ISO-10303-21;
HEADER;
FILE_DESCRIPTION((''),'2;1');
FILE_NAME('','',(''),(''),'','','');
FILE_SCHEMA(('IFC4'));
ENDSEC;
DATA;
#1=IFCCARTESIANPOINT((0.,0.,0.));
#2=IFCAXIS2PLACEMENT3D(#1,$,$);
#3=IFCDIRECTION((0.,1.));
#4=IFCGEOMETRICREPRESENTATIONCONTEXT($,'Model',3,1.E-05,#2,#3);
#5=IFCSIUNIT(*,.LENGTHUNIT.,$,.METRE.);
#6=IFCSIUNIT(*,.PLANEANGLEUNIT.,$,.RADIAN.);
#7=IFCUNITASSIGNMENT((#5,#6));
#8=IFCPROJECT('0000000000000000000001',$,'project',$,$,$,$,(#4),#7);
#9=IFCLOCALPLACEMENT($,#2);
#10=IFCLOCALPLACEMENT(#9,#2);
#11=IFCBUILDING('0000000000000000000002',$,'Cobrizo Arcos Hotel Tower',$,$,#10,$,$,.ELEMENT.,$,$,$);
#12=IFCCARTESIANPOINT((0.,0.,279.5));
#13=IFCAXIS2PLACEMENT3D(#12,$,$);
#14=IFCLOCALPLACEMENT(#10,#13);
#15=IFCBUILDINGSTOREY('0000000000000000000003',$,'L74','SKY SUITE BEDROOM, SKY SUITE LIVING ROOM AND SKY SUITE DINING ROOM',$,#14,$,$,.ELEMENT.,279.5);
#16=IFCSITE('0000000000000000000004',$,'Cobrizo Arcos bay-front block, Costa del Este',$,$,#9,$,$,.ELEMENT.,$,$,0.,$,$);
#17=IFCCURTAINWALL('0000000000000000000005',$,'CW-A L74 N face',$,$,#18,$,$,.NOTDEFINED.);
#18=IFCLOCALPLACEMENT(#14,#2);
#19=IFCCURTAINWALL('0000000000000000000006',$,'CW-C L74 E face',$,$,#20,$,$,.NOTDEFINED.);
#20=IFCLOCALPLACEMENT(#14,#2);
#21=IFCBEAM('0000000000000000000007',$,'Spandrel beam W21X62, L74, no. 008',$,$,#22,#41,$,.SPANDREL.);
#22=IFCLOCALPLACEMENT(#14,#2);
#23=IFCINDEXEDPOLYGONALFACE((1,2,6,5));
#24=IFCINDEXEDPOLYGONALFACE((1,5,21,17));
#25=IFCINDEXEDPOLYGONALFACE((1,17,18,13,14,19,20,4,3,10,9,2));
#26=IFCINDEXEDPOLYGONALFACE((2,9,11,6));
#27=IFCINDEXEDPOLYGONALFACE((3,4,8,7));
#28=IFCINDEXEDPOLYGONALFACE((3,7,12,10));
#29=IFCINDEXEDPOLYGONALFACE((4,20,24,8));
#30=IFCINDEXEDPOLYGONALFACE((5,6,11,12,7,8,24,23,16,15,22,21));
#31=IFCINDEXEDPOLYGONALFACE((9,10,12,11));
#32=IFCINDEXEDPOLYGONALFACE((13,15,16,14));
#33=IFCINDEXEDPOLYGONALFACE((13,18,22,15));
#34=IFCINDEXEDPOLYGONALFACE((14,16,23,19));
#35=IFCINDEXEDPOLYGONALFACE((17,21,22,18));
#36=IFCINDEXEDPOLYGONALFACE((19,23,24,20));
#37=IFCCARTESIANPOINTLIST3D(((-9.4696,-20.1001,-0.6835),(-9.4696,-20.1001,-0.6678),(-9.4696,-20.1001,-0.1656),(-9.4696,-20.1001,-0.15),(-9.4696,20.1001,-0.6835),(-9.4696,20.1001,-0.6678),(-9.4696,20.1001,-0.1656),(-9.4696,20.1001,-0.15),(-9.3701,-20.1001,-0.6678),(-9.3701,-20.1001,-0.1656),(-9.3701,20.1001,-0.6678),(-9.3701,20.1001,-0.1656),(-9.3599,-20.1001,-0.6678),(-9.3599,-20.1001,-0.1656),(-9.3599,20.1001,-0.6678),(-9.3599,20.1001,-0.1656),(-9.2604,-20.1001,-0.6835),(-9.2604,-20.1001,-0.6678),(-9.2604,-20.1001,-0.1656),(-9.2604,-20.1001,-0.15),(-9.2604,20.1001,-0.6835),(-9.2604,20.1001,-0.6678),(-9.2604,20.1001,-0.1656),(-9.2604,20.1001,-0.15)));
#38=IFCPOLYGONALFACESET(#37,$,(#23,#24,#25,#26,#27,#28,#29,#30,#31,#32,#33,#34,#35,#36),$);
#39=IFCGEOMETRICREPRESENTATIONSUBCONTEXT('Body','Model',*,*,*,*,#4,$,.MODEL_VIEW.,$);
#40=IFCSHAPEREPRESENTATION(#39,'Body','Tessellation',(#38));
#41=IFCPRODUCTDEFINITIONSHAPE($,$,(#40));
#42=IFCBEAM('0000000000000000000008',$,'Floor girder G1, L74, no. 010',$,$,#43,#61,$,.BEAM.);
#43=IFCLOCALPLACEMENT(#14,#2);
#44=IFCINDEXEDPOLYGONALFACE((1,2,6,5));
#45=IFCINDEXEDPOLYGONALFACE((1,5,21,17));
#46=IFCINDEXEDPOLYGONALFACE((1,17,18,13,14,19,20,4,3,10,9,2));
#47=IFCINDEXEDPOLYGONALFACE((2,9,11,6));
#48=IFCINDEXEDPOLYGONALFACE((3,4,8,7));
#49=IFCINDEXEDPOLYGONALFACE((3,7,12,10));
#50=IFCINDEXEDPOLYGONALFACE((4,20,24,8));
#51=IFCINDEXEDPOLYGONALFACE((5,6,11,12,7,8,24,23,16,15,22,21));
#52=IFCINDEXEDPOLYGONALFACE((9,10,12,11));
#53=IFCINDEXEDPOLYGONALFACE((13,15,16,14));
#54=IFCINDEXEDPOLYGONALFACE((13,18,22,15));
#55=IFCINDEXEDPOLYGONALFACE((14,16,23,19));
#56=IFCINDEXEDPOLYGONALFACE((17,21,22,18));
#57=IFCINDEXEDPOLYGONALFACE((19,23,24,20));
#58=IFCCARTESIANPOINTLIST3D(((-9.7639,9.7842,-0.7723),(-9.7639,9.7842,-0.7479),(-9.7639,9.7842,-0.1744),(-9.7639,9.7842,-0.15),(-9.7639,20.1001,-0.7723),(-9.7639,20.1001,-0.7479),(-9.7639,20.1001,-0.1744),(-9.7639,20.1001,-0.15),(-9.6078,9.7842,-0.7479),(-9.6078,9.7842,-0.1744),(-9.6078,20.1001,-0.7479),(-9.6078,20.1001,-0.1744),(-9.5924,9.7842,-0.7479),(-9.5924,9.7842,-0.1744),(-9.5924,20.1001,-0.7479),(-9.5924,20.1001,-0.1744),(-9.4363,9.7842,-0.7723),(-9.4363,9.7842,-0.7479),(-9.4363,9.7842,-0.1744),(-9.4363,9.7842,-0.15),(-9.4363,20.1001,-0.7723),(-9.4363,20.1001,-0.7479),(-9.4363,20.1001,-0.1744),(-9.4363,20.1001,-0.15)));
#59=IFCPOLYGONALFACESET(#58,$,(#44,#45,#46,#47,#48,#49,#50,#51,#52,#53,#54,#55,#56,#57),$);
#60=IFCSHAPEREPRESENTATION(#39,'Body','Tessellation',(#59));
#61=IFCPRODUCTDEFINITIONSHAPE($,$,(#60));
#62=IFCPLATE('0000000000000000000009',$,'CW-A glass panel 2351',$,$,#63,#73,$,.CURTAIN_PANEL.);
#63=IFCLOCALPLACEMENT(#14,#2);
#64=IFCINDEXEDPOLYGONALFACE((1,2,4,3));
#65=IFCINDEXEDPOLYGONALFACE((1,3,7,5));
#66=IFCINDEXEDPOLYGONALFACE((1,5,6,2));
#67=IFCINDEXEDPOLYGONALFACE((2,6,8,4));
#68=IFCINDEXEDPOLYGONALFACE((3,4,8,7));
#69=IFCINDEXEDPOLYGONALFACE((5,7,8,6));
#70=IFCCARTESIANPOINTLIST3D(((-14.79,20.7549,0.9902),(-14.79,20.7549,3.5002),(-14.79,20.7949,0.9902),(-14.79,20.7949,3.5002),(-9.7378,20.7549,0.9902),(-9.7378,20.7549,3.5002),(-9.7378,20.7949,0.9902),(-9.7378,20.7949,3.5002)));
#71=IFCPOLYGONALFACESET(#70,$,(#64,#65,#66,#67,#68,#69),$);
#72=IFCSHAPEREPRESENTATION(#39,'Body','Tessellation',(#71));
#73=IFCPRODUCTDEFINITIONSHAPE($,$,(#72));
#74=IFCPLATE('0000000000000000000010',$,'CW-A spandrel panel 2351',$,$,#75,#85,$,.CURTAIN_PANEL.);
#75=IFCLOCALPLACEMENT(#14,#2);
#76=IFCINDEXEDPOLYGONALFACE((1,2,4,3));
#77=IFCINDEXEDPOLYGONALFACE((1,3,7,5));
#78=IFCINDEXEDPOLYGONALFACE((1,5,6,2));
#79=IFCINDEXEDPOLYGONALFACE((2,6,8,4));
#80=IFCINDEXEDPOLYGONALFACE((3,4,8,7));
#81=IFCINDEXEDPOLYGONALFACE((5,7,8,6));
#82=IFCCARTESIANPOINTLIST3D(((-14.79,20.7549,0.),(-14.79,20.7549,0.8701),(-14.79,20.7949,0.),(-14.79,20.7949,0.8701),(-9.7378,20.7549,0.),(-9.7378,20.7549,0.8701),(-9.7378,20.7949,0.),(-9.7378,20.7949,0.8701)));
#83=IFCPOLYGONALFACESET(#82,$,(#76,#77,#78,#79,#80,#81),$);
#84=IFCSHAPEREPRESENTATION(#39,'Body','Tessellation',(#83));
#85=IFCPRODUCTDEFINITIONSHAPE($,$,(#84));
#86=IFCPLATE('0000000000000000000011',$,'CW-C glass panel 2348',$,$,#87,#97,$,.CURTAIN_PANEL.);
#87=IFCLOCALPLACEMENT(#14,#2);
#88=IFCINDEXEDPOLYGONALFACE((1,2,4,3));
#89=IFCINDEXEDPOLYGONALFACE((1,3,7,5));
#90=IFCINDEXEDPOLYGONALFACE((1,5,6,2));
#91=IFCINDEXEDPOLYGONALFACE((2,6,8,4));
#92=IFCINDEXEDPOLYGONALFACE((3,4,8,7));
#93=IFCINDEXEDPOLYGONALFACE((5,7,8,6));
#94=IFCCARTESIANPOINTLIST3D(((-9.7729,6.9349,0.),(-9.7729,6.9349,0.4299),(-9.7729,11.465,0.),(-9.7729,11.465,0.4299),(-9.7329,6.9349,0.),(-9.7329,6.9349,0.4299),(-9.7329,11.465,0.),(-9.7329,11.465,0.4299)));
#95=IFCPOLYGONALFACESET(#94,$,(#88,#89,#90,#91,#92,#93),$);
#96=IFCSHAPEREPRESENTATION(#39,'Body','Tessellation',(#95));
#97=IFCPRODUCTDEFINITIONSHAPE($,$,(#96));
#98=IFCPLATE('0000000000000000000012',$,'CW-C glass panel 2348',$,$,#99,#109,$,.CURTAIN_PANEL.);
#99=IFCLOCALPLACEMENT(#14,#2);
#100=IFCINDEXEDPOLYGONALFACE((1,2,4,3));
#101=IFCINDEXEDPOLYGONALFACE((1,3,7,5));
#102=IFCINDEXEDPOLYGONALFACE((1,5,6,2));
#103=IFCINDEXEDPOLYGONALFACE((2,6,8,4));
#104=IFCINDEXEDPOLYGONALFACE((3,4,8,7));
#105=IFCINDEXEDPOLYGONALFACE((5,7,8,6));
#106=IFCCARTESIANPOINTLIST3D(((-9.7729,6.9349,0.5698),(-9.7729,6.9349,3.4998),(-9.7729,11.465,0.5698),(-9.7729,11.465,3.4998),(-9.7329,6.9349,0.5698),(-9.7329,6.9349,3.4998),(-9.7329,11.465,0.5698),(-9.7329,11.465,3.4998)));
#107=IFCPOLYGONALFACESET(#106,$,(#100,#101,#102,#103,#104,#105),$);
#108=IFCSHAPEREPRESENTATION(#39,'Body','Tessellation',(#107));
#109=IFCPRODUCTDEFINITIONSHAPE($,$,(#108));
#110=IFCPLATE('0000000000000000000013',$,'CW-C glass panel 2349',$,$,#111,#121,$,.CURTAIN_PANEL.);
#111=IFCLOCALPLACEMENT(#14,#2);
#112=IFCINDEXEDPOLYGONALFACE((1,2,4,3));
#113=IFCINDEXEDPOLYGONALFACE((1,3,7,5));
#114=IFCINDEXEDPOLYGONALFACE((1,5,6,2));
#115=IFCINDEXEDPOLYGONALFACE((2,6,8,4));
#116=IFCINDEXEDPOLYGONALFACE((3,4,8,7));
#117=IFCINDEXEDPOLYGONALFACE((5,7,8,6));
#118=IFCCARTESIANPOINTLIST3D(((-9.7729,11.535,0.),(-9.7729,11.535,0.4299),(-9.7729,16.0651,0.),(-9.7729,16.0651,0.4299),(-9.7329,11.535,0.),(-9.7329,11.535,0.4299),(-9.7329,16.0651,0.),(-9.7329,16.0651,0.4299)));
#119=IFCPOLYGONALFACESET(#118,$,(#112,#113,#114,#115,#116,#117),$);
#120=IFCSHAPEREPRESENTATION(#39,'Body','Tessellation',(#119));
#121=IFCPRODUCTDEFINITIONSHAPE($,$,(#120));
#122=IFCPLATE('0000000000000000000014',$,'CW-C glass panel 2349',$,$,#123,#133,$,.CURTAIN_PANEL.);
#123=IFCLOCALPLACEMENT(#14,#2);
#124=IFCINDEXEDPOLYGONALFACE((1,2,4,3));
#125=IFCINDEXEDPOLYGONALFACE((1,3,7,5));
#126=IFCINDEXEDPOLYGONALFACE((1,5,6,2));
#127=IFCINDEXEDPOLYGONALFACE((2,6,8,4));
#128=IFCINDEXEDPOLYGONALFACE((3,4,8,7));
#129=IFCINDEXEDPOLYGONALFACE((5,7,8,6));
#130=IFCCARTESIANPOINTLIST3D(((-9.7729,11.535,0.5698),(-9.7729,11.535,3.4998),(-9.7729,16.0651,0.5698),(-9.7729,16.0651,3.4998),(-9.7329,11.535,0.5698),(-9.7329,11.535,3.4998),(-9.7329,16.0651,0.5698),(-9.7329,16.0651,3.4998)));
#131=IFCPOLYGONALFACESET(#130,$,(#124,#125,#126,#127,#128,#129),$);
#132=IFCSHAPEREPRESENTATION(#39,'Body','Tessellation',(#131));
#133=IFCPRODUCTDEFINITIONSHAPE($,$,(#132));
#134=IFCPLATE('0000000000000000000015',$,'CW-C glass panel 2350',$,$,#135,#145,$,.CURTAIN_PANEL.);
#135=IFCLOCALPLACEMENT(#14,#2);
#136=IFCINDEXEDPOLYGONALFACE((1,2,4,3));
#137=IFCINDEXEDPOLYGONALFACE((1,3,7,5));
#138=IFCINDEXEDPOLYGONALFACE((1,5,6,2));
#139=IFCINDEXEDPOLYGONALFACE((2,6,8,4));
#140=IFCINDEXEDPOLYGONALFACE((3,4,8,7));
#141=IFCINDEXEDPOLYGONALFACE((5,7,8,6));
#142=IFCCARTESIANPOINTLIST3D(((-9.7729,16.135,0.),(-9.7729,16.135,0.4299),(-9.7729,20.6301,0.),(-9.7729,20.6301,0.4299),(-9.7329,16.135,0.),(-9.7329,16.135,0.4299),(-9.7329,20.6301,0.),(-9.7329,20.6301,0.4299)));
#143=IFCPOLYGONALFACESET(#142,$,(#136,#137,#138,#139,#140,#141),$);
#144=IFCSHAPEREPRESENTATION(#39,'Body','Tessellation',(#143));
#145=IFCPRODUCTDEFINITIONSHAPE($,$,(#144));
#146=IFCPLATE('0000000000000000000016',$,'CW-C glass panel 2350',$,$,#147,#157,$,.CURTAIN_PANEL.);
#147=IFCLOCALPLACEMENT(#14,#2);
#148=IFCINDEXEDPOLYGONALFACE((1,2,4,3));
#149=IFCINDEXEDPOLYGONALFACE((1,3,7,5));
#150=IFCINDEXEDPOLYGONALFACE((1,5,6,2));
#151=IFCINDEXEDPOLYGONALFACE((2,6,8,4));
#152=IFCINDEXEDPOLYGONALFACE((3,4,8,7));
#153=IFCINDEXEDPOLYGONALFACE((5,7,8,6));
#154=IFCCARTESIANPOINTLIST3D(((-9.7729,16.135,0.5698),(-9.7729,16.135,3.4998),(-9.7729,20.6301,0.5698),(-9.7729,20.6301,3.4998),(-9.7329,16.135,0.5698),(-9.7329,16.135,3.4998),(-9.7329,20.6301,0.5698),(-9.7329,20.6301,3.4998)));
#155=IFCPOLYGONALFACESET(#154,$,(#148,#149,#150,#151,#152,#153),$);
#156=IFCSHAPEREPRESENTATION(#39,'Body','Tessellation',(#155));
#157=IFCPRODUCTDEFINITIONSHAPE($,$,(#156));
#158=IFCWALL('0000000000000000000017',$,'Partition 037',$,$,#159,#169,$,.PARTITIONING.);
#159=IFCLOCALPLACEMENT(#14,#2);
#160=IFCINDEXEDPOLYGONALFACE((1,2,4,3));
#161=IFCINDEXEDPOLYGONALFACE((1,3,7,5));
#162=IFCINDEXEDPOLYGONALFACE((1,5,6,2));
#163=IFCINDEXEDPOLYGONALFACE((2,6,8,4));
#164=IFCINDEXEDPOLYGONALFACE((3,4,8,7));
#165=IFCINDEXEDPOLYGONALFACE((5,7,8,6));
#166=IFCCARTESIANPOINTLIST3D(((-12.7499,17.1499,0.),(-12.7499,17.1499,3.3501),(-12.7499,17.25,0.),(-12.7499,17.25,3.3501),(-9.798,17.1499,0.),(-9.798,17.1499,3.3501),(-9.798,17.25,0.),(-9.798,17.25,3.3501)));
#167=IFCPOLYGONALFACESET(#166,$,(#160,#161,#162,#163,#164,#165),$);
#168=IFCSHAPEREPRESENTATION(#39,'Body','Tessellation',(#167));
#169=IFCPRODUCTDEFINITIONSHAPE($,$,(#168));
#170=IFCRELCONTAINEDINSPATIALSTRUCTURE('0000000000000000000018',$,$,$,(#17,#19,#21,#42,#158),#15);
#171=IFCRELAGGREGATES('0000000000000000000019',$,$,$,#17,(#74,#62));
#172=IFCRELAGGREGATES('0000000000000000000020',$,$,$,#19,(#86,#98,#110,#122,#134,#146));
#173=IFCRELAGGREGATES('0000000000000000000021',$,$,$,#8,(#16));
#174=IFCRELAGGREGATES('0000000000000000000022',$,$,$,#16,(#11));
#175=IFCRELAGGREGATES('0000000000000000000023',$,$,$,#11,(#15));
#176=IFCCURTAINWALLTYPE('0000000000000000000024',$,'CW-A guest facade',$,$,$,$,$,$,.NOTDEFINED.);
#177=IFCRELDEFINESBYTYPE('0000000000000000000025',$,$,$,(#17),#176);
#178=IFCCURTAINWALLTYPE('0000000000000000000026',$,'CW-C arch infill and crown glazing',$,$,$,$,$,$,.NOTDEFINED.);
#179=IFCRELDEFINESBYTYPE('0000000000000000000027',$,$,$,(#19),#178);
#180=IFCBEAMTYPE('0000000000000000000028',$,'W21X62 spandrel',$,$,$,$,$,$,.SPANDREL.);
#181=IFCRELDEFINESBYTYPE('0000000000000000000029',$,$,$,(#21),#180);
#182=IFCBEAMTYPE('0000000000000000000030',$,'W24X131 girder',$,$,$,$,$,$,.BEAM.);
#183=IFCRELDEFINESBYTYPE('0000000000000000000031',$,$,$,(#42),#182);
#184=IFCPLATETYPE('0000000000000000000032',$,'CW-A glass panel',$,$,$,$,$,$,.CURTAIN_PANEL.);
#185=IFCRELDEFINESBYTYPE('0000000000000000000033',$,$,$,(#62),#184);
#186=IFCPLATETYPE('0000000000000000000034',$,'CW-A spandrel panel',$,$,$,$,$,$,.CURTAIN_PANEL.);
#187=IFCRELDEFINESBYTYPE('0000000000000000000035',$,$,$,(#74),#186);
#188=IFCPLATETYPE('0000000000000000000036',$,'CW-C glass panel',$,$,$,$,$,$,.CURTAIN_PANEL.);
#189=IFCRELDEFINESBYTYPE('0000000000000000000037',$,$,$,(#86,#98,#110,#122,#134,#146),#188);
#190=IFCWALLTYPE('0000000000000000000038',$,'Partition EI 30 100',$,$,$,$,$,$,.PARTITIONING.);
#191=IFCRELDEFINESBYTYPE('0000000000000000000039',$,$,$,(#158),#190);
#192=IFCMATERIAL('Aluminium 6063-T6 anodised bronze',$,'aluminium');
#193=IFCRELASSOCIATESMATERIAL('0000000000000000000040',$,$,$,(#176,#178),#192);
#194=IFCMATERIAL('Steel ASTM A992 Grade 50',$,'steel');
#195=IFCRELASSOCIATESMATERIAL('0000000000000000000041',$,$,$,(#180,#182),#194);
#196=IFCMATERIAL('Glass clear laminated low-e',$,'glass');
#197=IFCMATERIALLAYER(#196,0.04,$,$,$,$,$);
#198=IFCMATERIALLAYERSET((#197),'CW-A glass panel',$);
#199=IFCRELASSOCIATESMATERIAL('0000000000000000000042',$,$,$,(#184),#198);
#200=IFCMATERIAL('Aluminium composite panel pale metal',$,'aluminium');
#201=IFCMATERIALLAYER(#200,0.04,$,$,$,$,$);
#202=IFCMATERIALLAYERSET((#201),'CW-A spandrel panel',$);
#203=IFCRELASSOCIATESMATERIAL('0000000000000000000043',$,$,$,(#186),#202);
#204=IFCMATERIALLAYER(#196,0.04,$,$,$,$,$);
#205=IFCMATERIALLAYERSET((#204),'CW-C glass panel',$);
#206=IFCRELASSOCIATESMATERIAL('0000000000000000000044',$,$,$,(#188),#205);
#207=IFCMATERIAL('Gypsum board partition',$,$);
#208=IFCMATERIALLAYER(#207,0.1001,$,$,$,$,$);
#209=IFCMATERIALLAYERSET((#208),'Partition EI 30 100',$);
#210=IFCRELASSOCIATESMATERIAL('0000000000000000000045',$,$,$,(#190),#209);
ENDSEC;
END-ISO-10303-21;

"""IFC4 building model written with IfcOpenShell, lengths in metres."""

from ifc_helpers import new_model, si_unit, direction, frame, frame_2d, origin, origin_2d, place, context, subcontext, project, spatial, rectangle, i_section, extrude, material, layer, layer_set, material_profile, profile_set, type_object, element, aggregate, save


model = new_model("IFC4")

# Units and contexts
model_context = context("Model", 3, precision=1e-05, world=origin(), true_north=direction((0.0, 1.0)))
body_context = subcontext(model_context, "Body", "Model", "MODEL_VIEW")
ifc_project = project(units=[si_unit("LENGTHUNIT", "METRE"), si_unit("PLANEANGLEUNIT", "RADIAN")], contexts=[model_context])

# Site, building, storey
site_placement = place(None, origin())
site = spatial("IfcSite", under=ifc_project, at=site_placement, Name="Cobrizo Arcos bay-front block, Costa del Este", CompositionType="ELEMENT", RefElevation=0.0)
building_placement = place(site_placement, origin())
building = spatial("IfcBuilding", under=site, at=building_placement, Name="Cobrizo Arcos Hotel Tower", CompositionType="ELEMENT")
storey_placement = place(building_placement, frame((0.0, 0.0, 279.5)))
storey = spatial("IfcBuildingStorey", under=building, at=storey_placement, Name="L74", Description="SKY SUITE BEDROOM, SKY SUITE LIVING ROOM AND SKY SUITE DINING ROOM", CompositionType="ELEMENT", Elevation=279.5)

# Curtain walls
ifc_material_1 = material(Name="Aluminium 6063-T6 anodised bronze", Category="aluminium")
curtain_wall_type_1 = type_object("IfcCurtainWallType", Name="CW-A guest facade", PredefinedType="NOTDEFINED", material=ifc_material_1)
curtain_wall_1_placement = place(storey_placement, origin())
curtain_wall_1 = element("IfcCurtainWall", 1, at=curtain_wall_1_placement, inside=storey, type_object=curtain_wall_type_1, Name="CW-A L74 N face", PredefinedType="NOTDEFINED")
curtain_wall_type_2 = type_object("IfcCurtainWallType", Name="CW-C arch infill and crown glazing", PredefinedType="NOTDEFINED", material=ifc_material_1)
curtain_wall_2_placement = place(storey_placement, origin())
curtain_wall_2 = element("IfcCurtainWall", 2, at=curtain_wall_2_placement, inside=storey, type_object=curtain_wall_type_2, Name="CW-C L74 E face", PredefinedType="NOTDEFINED")

# Beams
ifc_material_2 = material(Name="Steel ASTM A992 Grade 50", Category="steel")
ifc_material_profile_1 = material_profile(ifc_material_2, i_section(OverallWidth=0.2092, OverallDepth=0.5334, WebThickness=0.0103, FlangeThickness=0.0156, at=origin_2d()), Name="W21X62")
ifc_profile_set_1 = profile_set([ifc_material_profile_1], Name="Steel ASTM A992 Grade 50")
beam_type_1 = type_object("IfcBeamType", Name="W21X62 spandrel", PredefinedType="SPANDREL", material=ifc_profile_set_1)
beam_1_placement = place(storey_placement, frame((-9.365, 20.1001, -0.4167), z_axis=(0.0, -1.0, 0.0), x_axis=(1.0, 0.0, 0.0)))
element("IfcBeam", 3, at=beam_1_placement, inside=storey, type_object=beam_type_1, Name="Spandrel beam W21X62, L74, no. 008", PredefinedType="SPANDREL", context=body_context, shape_type="SweptSolid", body=[
    extrude(i_section(OverallWidth=0.2092, OverallDepth=0.5334, WebThickness=0.0103, FlangeThickness=0.0156, at=origin_2d()), origin(), (0.0, 0.0, 1.0), 40.2002),
])
ifc_material_profile_2 = material_profile(ifc_material_2, i_section(OverallWidth=0.3276, OverallDepth=0.6223, WebThickness=0.0154, FlangeThickness=0.0244, at=origin_2d()), Name="W24X131")
ifc_profile_set_2 = profile_set([ifc_material_profile_2], Name="Steel ASTM A992 Grade 50")
beam_type_2 = type_object("IfcBeamType", Name="W24X131 girder", PredefinedType="BEAM", material=ifc_profile_set_2)
beam_2_placement = place(storey_placement, frame((-9.6001, 9.7842, -0.4612), z_axis=(0.0, 1.0, 0.0), x_axis=(-1.0, 0.0, 0.0)))
element("IfcBeam", 4, at=beam_2_placement, inside=storey, type_object=beam_type_2, Name="Floor girder G1, L74, no. 010", PredefinedType="BEAM", context=body_context, shape_type="SweptSolid", body=[
    extrude(i_section(OverallWidth=0.3276, OverallDepth=0.6223, WebThickness=0.0154, FlangeThickness=0.0244, at=origin_2d()), origin(), (0.0, 0.0, 1.0), 10.3159),
])

# Plates
ifc_material_3 = material(Name="Glass clear laminated low-e", Category="glass")
ifc_layer_1 = layer(ifc_material_3, 0.04)
ifc_layer_set_1 = layer_set([ifc_layer_1], Name="CW-A glass panel")
plate_type_1 = type_object("IfcPlateType", Name="CW-A glass panel", PredefinedType="CURTAIN_PANEL", material=ifc_layer_set_1)
plate_1_placement = place(storey_placement, frame((-12.2639, 20.7749, 0.9902), z_axis=(0.0, 0.0, 1.0), x_axis=(-1.0, 0.0, 0.0)))
plate_1 = element("IfcPlate", 5, at=plate_1_placement, type_object=plate_type_1, Name="CW-A glass panel 2351", PredefinedType="CURTAIN_PANEL", context=body_context, shape_type="SweptSolid", body=[
    extrude(rectangle(XDim=5.0522, YDim=0.04, at=origin_2d()), origin(), (0.0, 0.0, 1.0), 2.51),
])
ifc_material_4 = material(Name="Aluminium composite panel pale metal", Category="aluminium")
ifc_layer_2 = layer(ifc_material_4, 0.04)
ifc_layer_set_2 = layer_set([ifc_layer_2], Name="CW-A spandrel panel")
plate_type_2 = type_object("IfcPlateType", Name="CW-A spandrel panel", PredefinedType="CURTAIN_PANEL", material=ifc_layer_set_2)
plate_2_placement = place(storey_placement, frame((-12.2639, 20.7749, 0.0), z_axis=(0.0, 0.0, 1.0), x_axis=(-1.0, 0.0, 0.0)))
plate_2 = element("IfcPlate", 6, at=plate_2_placement, type_object=plate_type_2, Name="CW-A spandrel panel 2351", PredefinedType="CURTAIN_PANEL", context=body_context, shape_type="SweptSolid", body=[
    extrude(rectangle(XDim=5.0522, YDim=0.04, at=origin_2d()), origin(), (0.0, 0.0, 1.0), 0.8701),
])
aggregate(curtain_wall_1, [plate_2, plate_1])
ifc_layer_3 = layer(ifc_material_3, 0.04)
ifc_layer_set_3 = layer_set([ifc_layer_3], Name="CW-C glass panel")
plate_type_3 = type_object("IfcPlateType", Name="CW-C glass panel", PredefinedType="CURTAIN_PANEL", material=ifc_layer_set_3)
plate_3_placement = place(storey_placement, frame((-9.7529, 9.2, 0.0), z_axis=(0.0, 0.0, 1.0), x_axis=(0.0, 1.0, 0.0)))
plate_3 = element("IfcPlate", 7, at=plate_3_placement, type_object=plate_type_3, Name="CW-C glass panel 2348", PredefinedType="CURTAIN_PANEL", context=body_context, shape_type="SweptSolid", body=[
    extrude(rectangle(XDim=4.53, YDim=0.04, at=origin_2d()), origin(), (0.0, 0.0, 1.0), 0.4299),
])
plate_4_placement = place(storey_placement, frame((-9.7529, 9.2, 0.5698), z_axis=(0.0, 0.0, 1.0), x_axis=(0.0, 1.0, 0.0)))
plate_4 = element("IfcPlate", 8, at=plate_4_placement, type_object=plate_type_3, Name="CW-C glass panel 2348", PredefinedType="CURTAIN_PANEL", context=body_context, shape_type="SweptSolid", body=[
    extrude(rectangle(XDim=4.53, YDim=0.04, at=origin_2d()), origin(), (0.0, 0.0, 1.0), 2.9299),
])
plate_5_placement = place(storey_placement, frame((-9.7529, 13.8, 0.0), z_axis=(0.0, 0.0, 1.0), x_axis=(0.0, 1.0, 0.0)))
plate_5 = element("IfcPlate", 9, at=plate_5_placement, type_object=plate_type_3, Name="CW-C glass panel 2349", PredefinedType="CURTAIN_PANEL", context=body_context, shape_type="SweptSolid", body=[
    extrude(rectangle(XDim=4.53, YDim=0.04, at=origin_2d()), origin(), (0.0, 0.0, 1.0), 0.4299),
])
plate_6_placement = place(storey_placement, frame((-9.7529, 13.8, 0.5698), z_axis=(0.0, 0.0, 1.0), x_axis=(0.0, 1.0, 0.0)))
plate_6 = element("IfcPlate", 10, at=plate_6_placement, type_object=plate_type_3, Name="CW-C glass panel 2349", PredefinedType="CURTAIN_PANEL", context=body_context, shape_type="SweptSolid", body=[
    extrude(rectangle(XDim=4.53, YDim=0.04, at=origin_2d()), origin(), (0.0, 0.0, 1.0), 2.9299),
])
plate_7_placement = place(storey_placement, frame((-9.7529, 18.3826, 0.0), z_axis=(0.0, 0.0, 1.0), x_axis=(0.0, 1.0, 0.0)))
plate_7 = element("IfcPlate", 11, at=plate_7_placement, type_object=plate_type_3, Name="CW-C glass panel 2350", PredefinedType="CURTAIN_PANEL", context=body_context, shape_type="SweptSolid", body=[
    extrude(rectangle(XDim=4.4951, YDim=0.04, at=origin_2d()), origin(), (0.0, 0.0, 1.0), 0.4299),
])
plate_8_placement = place(storey_placement, frame((-9.7529, 18.3826, 0.5698), z_axis=(0.0, 0.0, 1.0), x_axis=(0.0, 1.0, 0.0)))
plate_8 = element("IfcPlate", 12, at=plate_8_placement, type_object=plate_type_3, Name="CW-C glass panel 2350", PredefinedType="CURTAIN_PANEL", context=body_context, shape_type="SweptSolid", body=[
    extrude(rectangle(XDim=4.4951, YDim=0.04, at=origin_2d()), origin(), (0.0, 0.0, 1.0), 2.9299),
])
aggregate(curtain_wall_2, [plate_3, plate_4, plate_5, plate_6, plate_7, plate_8])

# Wall
ifc_material_5 = material(Name="Gypsum board partition")
ifc_layer_4 = layer(ifc_material_5, 0.1001)
ifc_layer_set_4 = layer_set([ifc_layer_4], Name="Partition EI 30 100")
wall_type = type_object("IfcWallType", Name="Partition EI 30 100", PredefinedType="PARTITIONING", material=ifc_layer_set_4)
wall_1_placement = place(storey_placement, frame((-12.75, 17.2, 0.0), z_axis=(0.0, 0.0, 1.0), x_axis=(1.0, 0.0, 0.0)))
element("IfcWall", 13, at=wall_1_placement, inside=storey, type_object=wall_type, Name="Partition 037", PredefinedType="PARTITIONING", context=body_context, shape_type="SweptSolid", body=[
    extrude(rectangle(XDim=2.9519, YDim=0.1001, at=frame_2d((1.4761, 0.0))), origin(), (0.0, 0.0, 1.0), 3.3501),
])

save(model, "model.ifc")
